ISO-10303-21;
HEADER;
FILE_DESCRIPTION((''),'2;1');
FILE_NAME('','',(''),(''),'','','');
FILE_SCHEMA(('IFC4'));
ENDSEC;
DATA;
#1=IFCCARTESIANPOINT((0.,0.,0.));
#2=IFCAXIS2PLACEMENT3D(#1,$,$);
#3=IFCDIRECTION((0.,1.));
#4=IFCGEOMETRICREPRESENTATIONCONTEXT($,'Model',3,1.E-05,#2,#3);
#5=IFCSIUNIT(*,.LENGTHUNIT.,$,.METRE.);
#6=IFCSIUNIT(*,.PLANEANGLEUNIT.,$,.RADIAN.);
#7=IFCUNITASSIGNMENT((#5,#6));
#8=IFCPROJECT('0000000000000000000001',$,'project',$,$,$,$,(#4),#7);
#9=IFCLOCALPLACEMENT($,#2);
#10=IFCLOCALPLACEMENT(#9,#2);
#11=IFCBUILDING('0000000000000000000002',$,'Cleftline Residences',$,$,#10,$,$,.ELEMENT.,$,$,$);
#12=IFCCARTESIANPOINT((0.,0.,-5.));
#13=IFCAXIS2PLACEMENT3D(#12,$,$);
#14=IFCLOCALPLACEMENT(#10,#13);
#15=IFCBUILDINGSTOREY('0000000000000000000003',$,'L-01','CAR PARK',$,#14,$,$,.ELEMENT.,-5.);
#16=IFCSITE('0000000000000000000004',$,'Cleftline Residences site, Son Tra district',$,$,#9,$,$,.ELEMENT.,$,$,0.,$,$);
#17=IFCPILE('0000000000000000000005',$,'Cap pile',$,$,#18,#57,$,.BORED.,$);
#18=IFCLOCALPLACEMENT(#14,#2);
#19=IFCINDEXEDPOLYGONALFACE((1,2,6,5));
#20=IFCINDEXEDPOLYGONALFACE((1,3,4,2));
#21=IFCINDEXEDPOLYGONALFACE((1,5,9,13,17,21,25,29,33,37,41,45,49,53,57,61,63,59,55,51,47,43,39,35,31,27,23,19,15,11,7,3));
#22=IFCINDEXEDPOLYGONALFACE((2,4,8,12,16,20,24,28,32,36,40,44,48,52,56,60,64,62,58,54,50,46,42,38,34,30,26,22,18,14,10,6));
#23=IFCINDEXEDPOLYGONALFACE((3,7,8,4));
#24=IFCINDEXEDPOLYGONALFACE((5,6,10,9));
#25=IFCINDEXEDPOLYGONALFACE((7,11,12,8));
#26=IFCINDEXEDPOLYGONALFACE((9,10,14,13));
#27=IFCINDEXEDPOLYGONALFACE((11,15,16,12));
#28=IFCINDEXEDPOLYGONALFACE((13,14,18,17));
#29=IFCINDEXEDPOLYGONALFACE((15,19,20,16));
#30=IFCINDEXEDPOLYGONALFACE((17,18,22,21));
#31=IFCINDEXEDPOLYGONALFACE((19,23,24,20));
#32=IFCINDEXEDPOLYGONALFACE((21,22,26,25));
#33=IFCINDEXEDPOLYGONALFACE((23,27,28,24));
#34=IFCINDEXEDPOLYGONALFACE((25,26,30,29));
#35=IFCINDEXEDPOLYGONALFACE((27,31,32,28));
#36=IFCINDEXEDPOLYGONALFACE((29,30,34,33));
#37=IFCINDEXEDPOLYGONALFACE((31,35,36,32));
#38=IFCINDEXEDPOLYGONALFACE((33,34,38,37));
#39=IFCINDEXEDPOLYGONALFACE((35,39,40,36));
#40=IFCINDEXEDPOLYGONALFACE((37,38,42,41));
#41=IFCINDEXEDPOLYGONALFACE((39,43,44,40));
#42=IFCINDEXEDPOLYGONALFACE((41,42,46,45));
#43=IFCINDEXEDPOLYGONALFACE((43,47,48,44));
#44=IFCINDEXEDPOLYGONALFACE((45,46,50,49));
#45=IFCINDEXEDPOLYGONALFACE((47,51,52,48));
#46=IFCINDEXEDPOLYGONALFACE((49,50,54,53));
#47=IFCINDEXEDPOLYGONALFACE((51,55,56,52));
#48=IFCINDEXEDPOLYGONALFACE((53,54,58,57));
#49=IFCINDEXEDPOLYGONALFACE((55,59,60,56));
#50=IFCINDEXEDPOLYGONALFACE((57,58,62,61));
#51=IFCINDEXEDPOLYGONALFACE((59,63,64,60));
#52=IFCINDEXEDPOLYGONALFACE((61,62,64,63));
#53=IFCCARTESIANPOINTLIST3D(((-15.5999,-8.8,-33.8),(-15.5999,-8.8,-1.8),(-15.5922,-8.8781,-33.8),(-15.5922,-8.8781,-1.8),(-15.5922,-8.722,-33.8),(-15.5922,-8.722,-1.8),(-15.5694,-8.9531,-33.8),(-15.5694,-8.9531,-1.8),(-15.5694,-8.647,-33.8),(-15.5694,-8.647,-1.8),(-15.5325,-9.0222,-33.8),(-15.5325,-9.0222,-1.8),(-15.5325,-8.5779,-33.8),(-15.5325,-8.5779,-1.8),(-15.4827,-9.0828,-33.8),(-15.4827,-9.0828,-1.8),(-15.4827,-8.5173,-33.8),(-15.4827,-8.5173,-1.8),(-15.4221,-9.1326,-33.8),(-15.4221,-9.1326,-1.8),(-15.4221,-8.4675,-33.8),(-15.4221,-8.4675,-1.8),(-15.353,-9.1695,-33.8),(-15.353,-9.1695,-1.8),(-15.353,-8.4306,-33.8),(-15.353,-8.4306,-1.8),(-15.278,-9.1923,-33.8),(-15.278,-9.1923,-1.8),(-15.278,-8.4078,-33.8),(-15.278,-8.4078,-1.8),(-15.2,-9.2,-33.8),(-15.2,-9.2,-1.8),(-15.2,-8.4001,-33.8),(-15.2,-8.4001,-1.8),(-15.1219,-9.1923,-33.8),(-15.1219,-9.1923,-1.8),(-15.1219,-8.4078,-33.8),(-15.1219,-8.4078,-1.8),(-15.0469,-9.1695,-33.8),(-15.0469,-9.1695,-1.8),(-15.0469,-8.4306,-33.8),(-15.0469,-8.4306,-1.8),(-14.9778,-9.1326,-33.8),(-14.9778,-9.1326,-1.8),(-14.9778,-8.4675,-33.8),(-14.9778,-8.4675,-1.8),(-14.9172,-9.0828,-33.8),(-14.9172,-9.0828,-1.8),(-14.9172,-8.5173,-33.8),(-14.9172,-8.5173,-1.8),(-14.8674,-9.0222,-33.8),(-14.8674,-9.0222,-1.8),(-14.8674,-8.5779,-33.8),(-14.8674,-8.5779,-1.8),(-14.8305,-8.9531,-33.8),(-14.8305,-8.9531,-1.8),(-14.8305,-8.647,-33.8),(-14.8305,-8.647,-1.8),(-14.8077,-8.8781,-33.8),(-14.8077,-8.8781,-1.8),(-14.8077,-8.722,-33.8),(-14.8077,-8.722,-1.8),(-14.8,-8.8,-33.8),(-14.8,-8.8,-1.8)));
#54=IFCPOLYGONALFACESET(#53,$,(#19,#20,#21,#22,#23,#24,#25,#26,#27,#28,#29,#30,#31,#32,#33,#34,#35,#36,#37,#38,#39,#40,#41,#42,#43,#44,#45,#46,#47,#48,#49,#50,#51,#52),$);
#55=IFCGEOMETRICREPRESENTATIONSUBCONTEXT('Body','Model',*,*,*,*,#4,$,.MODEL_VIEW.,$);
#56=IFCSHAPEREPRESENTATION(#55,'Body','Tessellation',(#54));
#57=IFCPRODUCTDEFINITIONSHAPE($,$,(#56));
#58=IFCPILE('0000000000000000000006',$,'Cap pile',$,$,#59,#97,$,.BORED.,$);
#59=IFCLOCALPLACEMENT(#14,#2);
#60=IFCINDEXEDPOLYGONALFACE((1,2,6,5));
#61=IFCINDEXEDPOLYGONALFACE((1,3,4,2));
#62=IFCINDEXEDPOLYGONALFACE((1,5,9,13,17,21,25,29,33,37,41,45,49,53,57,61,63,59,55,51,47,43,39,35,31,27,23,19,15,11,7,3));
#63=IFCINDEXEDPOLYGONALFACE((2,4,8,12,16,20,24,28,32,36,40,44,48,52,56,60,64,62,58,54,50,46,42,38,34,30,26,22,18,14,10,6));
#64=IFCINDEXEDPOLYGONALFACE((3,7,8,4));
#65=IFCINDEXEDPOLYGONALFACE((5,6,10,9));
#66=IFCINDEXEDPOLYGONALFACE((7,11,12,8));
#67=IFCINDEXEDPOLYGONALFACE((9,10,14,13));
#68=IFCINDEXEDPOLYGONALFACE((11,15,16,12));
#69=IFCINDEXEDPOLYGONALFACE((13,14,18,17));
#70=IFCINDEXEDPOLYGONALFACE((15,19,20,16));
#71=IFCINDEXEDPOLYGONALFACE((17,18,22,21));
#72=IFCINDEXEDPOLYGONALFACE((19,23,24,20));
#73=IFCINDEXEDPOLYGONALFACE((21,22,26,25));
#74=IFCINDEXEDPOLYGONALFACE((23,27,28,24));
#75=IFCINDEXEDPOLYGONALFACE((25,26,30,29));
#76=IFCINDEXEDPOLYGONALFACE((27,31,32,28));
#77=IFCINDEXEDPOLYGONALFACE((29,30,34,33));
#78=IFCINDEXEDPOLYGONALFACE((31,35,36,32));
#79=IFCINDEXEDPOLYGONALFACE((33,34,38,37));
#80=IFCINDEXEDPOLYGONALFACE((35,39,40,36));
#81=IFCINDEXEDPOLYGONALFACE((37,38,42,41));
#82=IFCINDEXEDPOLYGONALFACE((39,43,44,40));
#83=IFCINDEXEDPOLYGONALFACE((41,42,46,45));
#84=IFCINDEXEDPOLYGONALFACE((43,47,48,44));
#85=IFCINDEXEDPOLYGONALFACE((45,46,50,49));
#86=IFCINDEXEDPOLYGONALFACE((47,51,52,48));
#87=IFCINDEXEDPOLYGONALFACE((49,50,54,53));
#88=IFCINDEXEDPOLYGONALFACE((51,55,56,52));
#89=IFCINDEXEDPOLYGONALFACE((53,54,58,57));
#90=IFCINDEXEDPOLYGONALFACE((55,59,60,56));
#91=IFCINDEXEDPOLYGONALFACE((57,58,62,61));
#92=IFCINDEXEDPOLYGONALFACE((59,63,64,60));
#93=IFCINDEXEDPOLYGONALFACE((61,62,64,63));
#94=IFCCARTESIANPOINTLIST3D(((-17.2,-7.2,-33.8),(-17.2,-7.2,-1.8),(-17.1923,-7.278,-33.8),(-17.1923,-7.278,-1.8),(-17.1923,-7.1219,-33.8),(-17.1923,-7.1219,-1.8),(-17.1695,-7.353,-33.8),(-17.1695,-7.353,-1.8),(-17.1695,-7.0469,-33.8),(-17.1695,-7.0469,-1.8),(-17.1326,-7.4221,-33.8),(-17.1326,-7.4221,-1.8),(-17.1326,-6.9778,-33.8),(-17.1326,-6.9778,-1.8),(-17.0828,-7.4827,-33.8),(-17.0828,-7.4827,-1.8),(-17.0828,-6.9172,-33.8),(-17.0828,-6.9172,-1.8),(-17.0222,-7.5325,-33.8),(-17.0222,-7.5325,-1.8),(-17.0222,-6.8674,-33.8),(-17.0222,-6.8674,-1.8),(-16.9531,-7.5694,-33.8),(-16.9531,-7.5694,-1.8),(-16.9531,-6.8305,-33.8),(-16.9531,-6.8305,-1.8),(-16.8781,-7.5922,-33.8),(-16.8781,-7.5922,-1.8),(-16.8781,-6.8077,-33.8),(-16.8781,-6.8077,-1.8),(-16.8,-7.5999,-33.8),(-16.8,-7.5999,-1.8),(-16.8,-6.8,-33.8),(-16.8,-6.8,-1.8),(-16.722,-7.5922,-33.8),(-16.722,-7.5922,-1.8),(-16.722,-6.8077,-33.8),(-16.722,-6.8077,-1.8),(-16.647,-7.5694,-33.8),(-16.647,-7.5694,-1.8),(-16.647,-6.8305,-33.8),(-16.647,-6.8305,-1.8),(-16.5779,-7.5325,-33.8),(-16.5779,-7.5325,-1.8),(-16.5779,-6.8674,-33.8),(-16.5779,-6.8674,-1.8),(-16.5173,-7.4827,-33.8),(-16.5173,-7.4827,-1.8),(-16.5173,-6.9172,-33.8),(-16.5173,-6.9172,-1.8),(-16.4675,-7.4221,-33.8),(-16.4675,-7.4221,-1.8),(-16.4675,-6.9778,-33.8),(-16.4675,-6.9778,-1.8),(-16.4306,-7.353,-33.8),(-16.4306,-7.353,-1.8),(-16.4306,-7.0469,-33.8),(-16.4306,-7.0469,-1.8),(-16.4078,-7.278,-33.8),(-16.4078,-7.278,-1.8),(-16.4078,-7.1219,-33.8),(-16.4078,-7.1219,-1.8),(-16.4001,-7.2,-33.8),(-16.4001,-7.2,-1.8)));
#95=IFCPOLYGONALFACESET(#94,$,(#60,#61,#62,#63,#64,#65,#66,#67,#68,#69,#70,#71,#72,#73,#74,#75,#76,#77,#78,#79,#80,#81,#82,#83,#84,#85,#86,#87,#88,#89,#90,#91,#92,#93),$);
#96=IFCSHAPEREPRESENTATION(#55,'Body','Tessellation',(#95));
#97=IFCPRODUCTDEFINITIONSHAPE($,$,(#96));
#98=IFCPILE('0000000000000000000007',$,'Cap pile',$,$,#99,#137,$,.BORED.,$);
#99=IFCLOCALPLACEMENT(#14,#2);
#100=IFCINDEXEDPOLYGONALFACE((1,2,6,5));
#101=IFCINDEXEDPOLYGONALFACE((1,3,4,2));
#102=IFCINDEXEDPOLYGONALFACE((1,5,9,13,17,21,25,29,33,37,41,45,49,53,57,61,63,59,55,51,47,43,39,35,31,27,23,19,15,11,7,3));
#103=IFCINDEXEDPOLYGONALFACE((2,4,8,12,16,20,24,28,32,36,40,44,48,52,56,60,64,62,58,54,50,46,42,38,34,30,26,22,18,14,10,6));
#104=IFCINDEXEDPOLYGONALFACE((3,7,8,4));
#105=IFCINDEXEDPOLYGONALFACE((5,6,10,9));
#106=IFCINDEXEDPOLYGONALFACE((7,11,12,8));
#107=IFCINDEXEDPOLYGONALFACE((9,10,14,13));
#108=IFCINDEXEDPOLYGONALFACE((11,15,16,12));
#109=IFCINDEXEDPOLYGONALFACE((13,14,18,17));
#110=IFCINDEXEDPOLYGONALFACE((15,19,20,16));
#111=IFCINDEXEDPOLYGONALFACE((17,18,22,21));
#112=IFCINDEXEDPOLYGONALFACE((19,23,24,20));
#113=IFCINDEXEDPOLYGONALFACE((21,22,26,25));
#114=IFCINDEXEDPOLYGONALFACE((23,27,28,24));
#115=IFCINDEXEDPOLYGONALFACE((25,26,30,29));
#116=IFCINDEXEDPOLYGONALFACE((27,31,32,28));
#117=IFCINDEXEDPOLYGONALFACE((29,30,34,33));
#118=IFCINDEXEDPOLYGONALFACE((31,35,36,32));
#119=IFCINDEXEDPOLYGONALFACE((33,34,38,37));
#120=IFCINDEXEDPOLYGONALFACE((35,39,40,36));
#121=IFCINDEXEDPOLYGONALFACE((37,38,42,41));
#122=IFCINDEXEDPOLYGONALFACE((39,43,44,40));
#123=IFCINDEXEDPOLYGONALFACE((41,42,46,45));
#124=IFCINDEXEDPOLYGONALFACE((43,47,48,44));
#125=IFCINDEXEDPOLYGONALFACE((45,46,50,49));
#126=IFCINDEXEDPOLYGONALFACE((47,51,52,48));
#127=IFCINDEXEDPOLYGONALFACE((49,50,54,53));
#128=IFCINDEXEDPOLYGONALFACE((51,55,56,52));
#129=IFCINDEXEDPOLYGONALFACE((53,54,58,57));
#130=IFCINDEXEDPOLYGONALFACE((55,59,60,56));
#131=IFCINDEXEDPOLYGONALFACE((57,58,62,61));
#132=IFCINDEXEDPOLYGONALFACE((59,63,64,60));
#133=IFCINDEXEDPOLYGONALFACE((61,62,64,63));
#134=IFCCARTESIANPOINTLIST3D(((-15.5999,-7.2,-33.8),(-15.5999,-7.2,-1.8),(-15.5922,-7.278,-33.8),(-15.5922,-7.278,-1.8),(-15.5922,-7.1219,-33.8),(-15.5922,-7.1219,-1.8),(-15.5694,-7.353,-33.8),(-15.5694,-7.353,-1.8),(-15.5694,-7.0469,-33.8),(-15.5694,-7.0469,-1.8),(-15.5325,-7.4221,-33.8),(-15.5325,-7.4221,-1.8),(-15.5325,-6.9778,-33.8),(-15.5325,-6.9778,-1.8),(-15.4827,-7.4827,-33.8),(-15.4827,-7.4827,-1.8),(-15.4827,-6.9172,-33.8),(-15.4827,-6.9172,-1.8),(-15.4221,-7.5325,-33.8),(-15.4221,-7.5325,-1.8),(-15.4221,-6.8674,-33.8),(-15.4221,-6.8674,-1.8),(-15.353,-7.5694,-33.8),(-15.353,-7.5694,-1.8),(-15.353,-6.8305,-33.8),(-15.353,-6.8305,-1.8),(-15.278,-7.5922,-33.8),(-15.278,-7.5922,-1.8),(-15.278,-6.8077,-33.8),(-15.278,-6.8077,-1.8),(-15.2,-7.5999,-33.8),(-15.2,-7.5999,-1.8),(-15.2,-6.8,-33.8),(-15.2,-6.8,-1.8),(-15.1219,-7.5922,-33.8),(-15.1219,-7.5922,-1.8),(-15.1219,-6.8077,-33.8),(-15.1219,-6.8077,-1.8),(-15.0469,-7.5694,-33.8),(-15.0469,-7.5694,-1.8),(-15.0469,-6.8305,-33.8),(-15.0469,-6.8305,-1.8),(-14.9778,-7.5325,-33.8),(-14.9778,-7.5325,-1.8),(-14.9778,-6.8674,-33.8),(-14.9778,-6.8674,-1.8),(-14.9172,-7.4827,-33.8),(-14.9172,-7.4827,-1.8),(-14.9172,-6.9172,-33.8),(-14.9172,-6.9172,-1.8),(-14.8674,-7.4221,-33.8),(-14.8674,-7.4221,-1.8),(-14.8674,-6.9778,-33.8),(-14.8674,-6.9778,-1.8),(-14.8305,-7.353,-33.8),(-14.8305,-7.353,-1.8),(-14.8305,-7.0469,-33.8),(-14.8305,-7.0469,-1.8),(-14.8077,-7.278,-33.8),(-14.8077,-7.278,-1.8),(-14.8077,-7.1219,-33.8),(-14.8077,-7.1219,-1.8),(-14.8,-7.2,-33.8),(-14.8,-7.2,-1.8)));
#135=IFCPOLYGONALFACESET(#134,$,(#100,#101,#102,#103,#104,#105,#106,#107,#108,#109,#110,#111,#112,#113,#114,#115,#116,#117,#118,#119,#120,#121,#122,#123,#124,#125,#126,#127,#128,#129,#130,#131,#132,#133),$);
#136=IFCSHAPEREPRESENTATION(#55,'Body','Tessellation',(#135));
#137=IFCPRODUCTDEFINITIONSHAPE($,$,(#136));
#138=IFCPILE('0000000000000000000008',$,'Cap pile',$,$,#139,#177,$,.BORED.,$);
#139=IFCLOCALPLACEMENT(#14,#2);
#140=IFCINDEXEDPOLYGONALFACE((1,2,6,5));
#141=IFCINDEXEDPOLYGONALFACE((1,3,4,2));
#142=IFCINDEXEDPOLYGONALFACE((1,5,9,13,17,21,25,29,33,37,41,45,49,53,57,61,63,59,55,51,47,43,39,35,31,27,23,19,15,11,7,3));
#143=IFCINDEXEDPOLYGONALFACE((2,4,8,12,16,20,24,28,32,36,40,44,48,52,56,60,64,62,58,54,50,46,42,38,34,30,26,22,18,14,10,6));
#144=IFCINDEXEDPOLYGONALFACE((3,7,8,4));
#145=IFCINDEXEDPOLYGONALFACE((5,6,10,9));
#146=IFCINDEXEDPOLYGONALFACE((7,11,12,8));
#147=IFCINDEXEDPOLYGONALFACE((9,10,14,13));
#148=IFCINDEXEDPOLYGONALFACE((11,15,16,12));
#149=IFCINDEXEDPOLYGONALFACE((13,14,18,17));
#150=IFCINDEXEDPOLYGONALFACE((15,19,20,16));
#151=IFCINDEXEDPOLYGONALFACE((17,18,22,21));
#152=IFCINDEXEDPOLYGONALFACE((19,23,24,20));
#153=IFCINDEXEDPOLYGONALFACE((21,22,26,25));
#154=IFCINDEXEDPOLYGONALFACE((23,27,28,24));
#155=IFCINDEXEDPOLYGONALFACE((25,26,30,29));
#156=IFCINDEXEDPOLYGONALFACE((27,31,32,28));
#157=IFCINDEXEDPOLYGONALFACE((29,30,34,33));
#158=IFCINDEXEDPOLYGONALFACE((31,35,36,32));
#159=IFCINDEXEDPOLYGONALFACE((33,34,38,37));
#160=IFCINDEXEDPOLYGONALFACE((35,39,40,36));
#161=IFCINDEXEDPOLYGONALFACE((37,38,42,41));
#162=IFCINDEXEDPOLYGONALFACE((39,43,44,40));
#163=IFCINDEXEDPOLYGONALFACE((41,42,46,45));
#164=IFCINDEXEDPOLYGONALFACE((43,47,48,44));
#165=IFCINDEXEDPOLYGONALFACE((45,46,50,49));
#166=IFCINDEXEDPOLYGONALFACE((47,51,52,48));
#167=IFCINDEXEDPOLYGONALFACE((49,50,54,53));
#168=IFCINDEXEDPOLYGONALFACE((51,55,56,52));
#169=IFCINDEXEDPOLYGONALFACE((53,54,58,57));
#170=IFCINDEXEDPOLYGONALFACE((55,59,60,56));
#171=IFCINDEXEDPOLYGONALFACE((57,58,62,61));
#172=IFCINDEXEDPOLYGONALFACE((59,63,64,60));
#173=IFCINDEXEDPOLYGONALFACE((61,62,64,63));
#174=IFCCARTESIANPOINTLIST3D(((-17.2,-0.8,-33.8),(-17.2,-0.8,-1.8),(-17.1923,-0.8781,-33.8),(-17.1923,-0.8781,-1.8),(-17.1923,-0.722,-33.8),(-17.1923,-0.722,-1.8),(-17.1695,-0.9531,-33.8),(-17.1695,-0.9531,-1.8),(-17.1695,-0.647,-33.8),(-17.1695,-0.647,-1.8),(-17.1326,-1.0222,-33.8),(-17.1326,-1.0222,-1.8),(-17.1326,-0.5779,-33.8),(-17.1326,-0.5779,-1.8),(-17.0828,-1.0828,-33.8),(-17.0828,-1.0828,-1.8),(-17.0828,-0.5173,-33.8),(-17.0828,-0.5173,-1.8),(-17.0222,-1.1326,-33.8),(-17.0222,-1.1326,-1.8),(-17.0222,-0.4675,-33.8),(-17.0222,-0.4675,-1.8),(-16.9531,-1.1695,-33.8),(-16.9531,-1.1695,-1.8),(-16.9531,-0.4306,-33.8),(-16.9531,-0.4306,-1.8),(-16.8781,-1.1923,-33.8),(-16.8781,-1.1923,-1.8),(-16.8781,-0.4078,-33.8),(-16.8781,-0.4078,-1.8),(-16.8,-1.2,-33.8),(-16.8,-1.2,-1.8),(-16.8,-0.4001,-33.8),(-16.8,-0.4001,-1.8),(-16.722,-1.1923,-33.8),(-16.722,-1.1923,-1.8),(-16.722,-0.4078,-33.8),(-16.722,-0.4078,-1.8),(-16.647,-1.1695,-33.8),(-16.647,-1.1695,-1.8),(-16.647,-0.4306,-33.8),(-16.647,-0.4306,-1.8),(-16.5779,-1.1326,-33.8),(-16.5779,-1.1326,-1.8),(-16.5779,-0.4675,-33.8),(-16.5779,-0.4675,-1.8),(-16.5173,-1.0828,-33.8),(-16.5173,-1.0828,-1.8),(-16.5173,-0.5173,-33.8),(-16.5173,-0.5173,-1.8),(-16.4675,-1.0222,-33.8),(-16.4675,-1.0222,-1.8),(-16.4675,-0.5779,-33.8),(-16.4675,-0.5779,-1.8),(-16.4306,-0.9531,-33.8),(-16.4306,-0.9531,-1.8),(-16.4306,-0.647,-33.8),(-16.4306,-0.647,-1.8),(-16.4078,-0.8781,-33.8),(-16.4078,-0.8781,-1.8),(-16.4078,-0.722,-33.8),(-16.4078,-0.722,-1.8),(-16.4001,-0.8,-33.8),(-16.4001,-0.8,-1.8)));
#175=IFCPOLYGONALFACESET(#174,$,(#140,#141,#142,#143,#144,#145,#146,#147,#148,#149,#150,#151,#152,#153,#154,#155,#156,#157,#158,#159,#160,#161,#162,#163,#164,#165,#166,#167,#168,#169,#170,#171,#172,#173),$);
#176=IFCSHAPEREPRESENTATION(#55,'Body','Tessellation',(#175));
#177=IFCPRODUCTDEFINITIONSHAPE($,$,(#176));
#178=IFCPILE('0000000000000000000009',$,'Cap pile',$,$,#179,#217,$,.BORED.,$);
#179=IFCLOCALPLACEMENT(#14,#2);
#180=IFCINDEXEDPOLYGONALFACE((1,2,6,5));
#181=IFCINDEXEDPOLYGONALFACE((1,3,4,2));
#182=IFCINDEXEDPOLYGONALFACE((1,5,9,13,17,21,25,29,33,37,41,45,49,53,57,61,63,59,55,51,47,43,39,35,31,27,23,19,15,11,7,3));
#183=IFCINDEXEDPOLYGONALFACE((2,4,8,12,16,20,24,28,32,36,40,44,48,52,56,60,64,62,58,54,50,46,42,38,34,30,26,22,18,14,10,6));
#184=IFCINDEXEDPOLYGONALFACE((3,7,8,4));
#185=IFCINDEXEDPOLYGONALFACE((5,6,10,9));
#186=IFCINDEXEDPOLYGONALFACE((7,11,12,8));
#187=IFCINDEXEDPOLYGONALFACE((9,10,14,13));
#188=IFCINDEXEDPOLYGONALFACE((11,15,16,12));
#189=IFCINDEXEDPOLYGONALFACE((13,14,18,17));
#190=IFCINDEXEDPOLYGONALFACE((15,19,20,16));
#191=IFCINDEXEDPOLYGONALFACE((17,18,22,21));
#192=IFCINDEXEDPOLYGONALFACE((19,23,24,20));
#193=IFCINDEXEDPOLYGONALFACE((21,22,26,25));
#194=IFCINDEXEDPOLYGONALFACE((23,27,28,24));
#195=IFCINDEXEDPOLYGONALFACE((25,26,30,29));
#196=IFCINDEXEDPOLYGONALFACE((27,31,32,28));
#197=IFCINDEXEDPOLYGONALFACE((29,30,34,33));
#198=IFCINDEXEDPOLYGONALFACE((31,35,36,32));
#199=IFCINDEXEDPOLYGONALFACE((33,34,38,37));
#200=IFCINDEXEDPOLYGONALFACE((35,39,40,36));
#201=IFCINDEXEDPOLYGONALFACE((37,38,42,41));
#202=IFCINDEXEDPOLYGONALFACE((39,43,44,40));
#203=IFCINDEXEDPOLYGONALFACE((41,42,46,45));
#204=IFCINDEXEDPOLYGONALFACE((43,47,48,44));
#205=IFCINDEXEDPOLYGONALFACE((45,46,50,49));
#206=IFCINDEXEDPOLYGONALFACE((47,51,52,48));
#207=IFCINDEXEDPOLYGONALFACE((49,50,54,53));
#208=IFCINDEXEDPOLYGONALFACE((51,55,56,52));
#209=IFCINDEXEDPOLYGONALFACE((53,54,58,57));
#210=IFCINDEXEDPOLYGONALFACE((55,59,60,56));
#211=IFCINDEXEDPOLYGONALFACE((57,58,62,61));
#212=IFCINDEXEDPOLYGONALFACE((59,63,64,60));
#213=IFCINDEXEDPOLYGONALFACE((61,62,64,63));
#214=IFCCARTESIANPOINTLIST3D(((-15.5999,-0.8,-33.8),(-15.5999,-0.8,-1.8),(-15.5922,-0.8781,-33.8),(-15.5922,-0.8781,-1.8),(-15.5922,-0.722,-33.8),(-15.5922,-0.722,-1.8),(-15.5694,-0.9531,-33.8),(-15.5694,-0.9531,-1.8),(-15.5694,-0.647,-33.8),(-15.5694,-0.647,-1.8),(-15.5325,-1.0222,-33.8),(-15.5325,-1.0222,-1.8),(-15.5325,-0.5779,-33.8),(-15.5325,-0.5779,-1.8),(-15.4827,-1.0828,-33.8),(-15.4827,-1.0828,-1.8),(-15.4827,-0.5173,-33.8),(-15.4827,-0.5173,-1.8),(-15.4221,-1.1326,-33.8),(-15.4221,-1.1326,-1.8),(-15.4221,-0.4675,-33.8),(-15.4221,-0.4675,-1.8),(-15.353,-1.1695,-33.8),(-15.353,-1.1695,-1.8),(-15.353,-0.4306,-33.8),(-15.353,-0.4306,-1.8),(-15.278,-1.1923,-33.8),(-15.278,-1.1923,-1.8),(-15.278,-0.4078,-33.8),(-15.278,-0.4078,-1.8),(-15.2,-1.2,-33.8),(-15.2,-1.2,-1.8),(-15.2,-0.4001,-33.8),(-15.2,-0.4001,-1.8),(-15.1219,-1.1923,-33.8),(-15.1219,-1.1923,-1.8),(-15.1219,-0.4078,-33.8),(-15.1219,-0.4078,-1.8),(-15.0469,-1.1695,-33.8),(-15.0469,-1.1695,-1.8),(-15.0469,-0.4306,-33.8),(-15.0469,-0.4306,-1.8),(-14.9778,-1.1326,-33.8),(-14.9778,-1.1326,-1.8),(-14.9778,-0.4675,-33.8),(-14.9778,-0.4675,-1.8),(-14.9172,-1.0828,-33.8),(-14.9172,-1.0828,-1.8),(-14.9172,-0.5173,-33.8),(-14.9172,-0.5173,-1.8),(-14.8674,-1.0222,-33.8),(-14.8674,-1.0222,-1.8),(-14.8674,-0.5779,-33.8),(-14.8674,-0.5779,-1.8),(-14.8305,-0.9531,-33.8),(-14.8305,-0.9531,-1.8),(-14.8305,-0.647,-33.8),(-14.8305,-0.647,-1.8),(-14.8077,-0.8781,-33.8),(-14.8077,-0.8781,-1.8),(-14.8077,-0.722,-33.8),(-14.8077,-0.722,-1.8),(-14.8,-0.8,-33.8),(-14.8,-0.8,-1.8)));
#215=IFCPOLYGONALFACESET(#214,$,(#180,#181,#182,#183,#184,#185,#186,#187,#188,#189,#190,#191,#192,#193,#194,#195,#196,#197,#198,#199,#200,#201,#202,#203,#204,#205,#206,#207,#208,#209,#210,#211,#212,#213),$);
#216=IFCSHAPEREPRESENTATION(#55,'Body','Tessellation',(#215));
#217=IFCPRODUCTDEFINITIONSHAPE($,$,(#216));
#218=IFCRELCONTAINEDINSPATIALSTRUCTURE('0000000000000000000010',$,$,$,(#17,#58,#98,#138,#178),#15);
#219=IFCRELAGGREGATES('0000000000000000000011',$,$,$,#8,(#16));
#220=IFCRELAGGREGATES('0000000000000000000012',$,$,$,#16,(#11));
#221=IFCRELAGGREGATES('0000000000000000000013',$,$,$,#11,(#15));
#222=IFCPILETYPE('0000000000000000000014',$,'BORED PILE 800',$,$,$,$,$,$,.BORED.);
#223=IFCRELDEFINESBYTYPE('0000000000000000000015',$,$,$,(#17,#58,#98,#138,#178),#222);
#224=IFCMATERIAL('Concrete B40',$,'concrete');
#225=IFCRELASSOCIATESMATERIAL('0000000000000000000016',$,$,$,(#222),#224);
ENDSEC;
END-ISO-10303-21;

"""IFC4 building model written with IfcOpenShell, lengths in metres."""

from ifc_helpers import new_model, si_unit, direction, frame, origin, origin_2d, place, context, subcontext, project, spatial, circle, extrude, material, material_profile, profile_set, type_object, element, save


model = new_model("IFC4")

# Units and contexts
model_context = context("Model", 3, precision=1e-05, world=origin(), true_north=direction((0.0, 1.0)))
body_context = subcontext(model_context, "Body", "Model", "MODEL_VIEW")
ifc_project = project(units=[si_unit("LENGTHUNIT", "METRE"), si_unit("PLANEANGLEUNIT", "RADIAN")], contexts=[model_context])

# Site, building, storey
site_placement = place(None, origin())
site = spatial("IfcSite", under=ifc_project, at=site_placement, Name="Cleftline Residences site, Son Tra district", CompositionType="ELEMENT", RefElevation=0.0)
building_placement = place(site_placement, origin())
building = spatial("IfcBuilding", under=site, at=building_placement, Name="Cleftline Residences", CompositionType="ELEMENT")
storey_placement = place(building_placement, frame((0.0, 0.0, -5.0)))
storey = spatial("IfcBuildingStorey", under=building, at=storey_placement, Name="L-01", Description="CAR PARK", CompositionType="ELEMENT", Elevation=-5.0)

# Piles
ifc_material_1 = material(Name="Concrete B40", Category="concrete")
ifc_material_profile_1 = material_profile(ifc_material_1, circle(Radius=0.3999, at=origin_2d()))
ifc_profile_set_1 = profile_set([ifc_material_profile_1], Name="Concrete B40")
pile_type = type_object("IfcPileType", Name="BORED PILE 800", PredefinedType="BORED", material=ifc_profile_set_1)
for number, where, z_axis, x_axis, name in (
    (1, (-15.2, -8.8, -1.8), (0.0, 0.0, -1.0), (1.0, 0.0, 0.0), "Cap pile"),
    (2, (-16.8, -7.2, -1.8), (0.0, 0.0, -1.0), (1.0, 0.0, 0.0), "Cap pile"),
    (3, (-15.2, -7.2, -1.8), (0.0, 0.0, -1.0), (1.0, 0.0, 0.0), "Cap pile"),
    (4, (-16.8, -0.8, -1.8), (0.0, 0.0, -1.0), (1.0, 0.0, 0.0), "Cap pile"),
    (5, (-15.2, -0.8, -1.8), (0.0, 0.0, -1.0), (1.0, 0.0, 0.0), "Cap pile"),
):
    element("IfcPile", number, at=place(storey_placement, frame(where, z_axis=z_axis, x_axis=x_axis)), inside=storey, type_object=pile_type, Name=name, PredefinedType="BORED", context=body_context, shape_type="SweptSolid", body=[
        extrude(circle(Radius=0.3999, at=origin_2d()), origin(), (0.0, 0.0, 1.0), 32.0),
    ])

save(model, "model.ifc")
